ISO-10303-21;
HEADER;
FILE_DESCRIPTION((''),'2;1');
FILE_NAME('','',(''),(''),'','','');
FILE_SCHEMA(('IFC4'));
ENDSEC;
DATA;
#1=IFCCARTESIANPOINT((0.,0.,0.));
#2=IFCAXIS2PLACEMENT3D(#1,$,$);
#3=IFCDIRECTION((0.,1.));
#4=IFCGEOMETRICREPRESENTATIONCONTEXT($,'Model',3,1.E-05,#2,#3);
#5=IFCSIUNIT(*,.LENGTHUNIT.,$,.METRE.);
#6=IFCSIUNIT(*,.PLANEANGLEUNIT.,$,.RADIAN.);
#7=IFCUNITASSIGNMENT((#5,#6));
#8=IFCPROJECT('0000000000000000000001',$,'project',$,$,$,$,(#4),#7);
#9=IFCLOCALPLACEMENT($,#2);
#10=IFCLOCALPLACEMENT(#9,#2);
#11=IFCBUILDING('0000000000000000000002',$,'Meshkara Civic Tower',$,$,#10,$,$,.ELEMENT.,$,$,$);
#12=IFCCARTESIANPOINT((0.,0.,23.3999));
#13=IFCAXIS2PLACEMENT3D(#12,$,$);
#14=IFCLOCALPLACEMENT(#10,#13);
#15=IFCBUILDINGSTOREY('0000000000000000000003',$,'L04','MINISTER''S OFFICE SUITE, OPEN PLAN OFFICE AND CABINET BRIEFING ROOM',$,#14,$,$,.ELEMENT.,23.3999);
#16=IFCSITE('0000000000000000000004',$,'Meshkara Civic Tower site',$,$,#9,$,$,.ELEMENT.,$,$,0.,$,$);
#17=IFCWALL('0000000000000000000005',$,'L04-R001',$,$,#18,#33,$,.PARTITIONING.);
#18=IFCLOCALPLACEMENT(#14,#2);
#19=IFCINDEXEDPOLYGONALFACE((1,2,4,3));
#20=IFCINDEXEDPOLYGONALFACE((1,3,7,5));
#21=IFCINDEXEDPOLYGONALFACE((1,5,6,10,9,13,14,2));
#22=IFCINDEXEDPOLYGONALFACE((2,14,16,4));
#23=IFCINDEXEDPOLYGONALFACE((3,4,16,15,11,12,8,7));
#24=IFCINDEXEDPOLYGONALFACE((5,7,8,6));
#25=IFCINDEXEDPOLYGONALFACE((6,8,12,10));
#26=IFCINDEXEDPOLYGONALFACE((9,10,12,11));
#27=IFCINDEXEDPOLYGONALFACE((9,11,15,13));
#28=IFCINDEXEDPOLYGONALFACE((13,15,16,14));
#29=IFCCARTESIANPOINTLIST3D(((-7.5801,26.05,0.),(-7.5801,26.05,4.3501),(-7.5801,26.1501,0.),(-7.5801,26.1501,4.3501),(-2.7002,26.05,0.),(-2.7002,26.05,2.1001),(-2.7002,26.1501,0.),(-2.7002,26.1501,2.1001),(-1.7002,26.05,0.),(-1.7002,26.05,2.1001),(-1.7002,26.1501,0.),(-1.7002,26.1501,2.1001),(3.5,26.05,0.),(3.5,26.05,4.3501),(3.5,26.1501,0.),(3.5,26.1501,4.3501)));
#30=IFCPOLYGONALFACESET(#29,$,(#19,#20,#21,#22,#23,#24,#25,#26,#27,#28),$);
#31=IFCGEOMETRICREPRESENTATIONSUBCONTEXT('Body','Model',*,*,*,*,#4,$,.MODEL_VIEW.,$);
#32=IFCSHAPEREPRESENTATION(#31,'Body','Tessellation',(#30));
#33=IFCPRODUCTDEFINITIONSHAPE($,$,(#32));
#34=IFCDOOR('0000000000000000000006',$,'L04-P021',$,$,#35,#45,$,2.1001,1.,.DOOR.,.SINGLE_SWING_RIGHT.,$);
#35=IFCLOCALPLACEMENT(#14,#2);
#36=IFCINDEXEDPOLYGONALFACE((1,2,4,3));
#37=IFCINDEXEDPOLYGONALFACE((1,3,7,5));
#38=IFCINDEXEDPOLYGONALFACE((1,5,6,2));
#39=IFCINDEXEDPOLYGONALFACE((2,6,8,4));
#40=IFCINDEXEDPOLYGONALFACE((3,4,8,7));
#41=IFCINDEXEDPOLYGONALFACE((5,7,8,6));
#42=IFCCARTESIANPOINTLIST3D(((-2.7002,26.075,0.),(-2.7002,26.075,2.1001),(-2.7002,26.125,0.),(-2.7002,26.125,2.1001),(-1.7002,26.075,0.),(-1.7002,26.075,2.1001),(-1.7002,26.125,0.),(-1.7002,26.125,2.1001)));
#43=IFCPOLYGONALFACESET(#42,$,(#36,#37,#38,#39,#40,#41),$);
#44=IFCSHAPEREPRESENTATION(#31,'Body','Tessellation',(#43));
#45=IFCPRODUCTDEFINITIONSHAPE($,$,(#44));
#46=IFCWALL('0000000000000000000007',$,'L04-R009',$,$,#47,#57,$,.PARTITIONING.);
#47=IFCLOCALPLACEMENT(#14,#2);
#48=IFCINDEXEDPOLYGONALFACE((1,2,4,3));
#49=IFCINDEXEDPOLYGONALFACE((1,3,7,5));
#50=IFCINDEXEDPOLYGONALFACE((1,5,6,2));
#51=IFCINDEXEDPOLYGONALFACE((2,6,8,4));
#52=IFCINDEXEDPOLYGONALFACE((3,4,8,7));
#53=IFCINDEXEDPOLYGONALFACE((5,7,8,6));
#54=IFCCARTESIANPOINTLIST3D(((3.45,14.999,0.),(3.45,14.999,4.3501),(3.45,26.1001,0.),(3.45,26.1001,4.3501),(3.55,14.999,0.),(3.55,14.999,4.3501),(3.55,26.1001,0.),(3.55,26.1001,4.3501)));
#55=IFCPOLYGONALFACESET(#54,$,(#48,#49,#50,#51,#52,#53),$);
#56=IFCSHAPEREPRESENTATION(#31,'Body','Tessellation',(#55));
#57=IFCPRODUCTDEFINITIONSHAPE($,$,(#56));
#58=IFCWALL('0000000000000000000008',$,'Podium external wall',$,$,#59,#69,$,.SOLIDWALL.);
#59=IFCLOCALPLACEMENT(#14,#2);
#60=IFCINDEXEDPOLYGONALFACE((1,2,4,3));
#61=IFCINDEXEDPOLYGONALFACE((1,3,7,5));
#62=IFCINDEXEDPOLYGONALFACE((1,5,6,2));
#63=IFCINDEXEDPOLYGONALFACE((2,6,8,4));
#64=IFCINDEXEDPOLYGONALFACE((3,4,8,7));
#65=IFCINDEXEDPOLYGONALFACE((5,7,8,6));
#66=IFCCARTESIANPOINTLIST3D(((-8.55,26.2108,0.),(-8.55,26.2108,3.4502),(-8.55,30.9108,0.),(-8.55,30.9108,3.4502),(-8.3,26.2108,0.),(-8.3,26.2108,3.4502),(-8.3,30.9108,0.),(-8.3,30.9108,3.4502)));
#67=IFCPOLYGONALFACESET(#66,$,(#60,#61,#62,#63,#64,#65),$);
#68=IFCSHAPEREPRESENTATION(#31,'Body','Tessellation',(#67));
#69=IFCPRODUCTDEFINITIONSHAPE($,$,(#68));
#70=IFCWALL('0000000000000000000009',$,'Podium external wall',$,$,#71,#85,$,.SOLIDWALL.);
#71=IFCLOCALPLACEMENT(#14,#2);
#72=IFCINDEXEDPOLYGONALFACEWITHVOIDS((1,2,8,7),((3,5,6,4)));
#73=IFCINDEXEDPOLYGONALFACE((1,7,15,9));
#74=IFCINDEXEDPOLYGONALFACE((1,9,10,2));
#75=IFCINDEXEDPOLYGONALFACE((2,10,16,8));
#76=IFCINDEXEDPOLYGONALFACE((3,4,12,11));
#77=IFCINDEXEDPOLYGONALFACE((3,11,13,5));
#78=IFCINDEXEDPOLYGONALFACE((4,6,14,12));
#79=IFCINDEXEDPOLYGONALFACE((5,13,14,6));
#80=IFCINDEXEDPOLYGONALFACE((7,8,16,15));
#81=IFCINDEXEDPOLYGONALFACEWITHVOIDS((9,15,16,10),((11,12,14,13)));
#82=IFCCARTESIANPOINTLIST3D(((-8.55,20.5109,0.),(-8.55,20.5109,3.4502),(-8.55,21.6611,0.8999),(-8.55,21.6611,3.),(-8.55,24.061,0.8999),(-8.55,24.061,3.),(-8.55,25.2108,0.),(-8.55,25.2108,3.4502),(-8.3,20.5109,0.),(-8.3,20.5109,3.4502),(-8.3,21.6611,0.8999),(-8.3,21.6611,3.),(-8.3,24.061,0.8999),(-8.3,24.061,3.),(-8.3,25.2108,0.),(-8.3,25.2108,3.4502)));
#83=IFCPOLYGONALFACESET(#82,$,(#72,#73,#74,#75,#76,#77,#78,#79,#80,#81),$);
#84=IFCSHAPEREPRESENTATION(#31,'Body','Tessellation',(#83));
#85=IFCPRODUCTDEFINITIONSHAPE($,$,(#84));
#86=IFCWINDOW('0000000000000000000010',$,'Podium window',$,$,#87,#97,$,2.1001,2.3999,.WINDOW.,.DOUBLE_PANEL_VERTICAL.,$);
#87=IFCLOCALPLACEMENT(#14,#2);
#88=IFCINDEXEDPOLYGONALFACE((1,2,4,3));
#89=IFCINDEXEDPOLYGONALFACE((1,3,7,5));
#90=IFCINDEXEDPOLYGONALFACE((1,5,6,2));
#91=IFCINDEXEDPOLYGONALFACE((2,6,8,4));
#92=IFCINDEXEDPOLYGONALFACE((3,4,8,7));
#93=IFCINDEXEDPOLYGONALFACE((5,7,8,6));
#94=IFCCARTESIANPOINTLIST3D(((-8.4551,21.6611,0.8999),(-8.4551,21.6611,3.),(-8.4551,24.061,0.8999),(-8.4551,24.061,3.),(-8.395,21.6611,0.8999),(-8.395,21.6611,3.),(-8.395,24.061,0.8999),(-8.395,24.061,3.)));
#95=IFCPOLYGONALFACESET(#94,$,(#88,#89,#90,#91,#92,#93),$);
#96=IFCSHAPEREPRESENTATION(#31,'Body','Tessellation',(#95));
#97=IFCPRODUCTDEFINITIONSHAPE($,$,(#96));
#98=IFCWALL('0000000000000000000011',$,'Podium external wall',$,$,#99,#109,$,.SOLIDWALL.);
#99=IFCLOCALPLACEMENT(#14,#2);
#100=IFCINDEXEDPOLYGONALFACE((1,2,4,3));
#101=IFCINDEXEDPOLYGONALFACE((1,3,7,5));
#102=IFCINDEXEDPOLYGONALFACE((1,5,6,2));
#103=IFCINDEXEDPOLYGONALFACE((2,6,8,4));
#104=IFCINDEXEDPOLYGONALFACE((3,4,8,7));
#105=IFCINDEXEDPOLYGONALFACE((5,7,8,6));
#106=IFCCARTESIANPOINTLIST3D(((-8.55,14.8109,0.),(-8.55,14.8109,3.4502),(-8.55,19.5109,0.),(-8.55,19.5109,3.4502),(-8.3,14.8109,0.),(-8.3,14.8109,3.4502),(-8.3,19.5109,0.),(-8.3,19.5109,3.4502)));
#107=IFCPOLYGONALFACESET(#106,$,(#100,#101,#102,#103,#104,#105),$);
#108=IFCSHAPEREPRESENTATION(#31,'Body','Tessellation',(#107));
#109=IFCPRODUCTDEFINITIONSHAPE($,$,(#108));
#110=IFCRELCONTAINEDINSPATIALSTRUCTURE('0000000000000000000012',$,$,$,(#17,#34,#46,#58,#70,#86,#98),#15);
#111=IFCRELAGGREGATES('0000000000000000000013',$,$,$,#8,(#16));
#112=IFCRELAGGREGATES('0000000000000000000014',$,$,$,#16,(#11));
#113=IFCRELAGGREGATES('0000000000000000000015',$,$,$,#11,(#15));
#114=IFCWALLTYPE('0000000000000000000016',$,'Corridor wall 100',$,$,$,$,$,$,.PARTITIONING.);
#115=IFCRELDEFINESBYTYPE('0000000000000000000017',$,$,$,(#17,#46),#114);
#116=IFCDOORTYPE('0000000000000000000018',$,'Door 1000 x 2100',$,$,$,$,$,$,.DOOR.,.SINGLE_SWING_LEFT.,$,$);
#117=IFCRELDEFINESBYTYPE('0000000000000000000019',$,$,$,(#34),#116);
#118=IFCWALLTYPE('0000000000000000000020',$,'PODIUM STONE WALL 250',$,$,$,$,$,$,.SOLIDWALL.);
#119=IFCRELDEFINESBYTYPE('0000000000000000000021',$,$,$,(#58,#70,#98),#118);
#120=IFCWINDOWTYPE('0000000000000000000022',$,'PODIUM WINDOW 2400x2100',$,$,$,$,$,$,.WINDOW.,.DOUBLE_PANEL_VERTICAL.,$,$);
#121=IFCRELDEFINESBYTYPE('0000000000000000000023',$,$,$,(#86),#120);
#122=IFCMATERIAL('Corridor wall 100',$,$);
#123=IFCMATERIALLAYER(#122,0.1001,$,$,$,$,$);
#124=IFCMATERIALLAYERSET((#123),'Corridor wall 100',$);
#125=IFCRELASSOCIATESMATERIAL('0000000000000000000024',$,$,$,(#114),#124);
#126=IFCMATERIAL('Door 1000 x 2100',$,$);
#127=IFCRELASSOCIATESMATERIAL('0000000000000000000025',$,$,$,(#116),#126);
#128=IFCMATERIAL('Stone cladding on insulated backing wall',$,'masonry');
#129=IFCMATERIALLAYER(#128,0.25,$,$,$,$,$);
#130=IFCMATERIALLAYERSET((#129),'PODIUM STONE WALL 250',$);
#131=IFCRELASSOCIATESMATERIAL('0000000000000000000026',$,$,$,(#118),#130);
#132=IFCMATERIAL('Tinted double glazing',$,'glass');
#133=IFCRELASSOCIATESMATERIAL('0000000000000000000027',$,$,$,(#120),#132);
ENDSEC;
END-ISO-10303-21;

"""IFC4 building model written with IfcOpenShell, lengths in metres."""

from ifc_helpers import new_model, si_unit, direction, frame, frame_2d, origin, place, context, subcontext, project, spatial, rectangle, extrude, material, layer, layer_set, type_object, element, fill, save


model = new_model("IFC4")

# Units and contexts
model_context = context("Model", 3, precision=1e-05, world=origin(), true_north=direction((0.0, 1.0)))
body_context = subcontext(model_context, "Body", "Model", "MODEL_VIEW")
ifc_project = project(units=[si_unit("LENGTHUNIT", "METRE"), si_unit("PLANEANGLEUNIT", "RADIAN")], contexts=[model_context])

# Site, building, storey
site_placement = place(None, origin())
site = spatial("IfcSite", under=ifc_project, at=site_placement, Name="Meshkara Civic Tower site", CompositionType="ELEMENT", RefElevation=0.0)
building_placement = place(site_placement, origin())
building = spatial("IfcBuilding", under=site, at=building_placement, Name="Meshkara Civic Tower", CompositionType="ELEMENT")
storey_placement = place(building_placement, frame((0.0, 0.0, 23.3999)))
storey = spatial("IfcBuildingStorey", under=building, at=storey_placement, Name="L04", Description="MINISTER'S OFFICE SUITE, OPEN PLAN OFFICE AND CABINET BRIEFING ROOM", CompositionType="ELEMENT", Elevation=23.3999)

# Wall, opening, door
ifc_material_1 = material(Name="Corridor wall 100")
ifc_layer_1 = layer(ifc_material_1, 0.1001)
ifc_layer_set_1 = layer_set([ifc_layer_1], Name="Corridor wall 100")
wall_type_1 = type_object("IfcWallType", Name="Corridor wall 100", PredefinedType="PARTITIONING", material=ifc_layer_set_1)
wall_1_placement = place(storey_placement, frame((-7.5801, 26.1001, 0.0), z_axis=(0.0, 0.0, 1.0), x_axis=(1.0, 0.0, 0.0)))
wall_1 = element("IfcWall", 1, at=wall_1_placement, inside=storey, type_object=wall_type_1, Name="L04-R001", PredefinedType="PARTITIONING", context=body_context, shape_type="SweptSolid", body=[
    extrude(rectangle(XDim=11.0801, YDim=0.1001, at=frame_2d((5.54, 0.0))), origin(), (0.0, 0.0, 1.0), 4.3501),
])
opening_1_placement = place(wall_1_placement, frame((4.8799, 0.0, 0.0)))
opening_1 = element("IfcOpeningElement", 2, at=opening_1_placement, cuts=wall_1, PredefinedType="OPENING", context=body_context, shape_type="SweptSolid", body=[
    extrude(rectangle(XDim=1.0, YDim=2.1001, at=frame_2d((0.5, 1.05))), frame((0.0, 0.0601, 0.0), z_axis=(0.0, -1.0, 0.0), x_axis=(1.0, 0.0, 0.0)), (0.0, 0.0, 1.0), 0.1201),
])
ifc_material_2 = material(Name="Door 1000 x 2100")
door_type_1 = type_object("IfcDoorType", Name="Door 1000 x 2100", OperationType="SINGLE_SWING_LEFT", PredefinedType="DOOR", material=ifc_material_2)
door_1_placement = place(opening_1_placement, origin())
door_1 = element("IfcDoor", 3, at=door_1_placement, inside=storey, type_object=door_type_1, Name="L04-P021", OperationType="SINGLE_SWING_RIGHT", OverallHeight=2.1001, OverallWidth=1.0, PredefinedType="DOOR", context=body_context, shape_type="SweptSolid", body=[
    extrude(rectangle(XDim=1.0, YDim=2.1001, at=frame_2d((0.5, 1.05))), frame((0.0, 0.0249, 0.0), z_axis=(0.0, -1.0, 0.0), x_axis=(1.0, 0.0, 0.0)), (0.0, 0.0, 1.0), 0.05),
])
fill(opening_1, door_1)

# Walls
wall_2_placement = place(storey_placement, frame((3.5, 26.1001, 0.0), z_axis=(0.0, 0.0, 1.0), x_axis=(0.0, -1.0, 0.0)))
element("IfcWall", 4, at=wall_2_placement, inside=storey, type_object=wall_type_1, Name="L04-R009", PredefinedType="PARTITIONING", context=body_context, shape_type="SweptSolid", body=[
    extrude(rectangle(XDim=11.1011, YDim=0.1001, at=frame_2d((5.5505, 0.0))), origin(), (0.0, 0.0, 1.0), 4.3501),
])
ifc_material_3 = material(Name="Stone cladding on insulated backing wall", Category="masonry")
ifc_layer_2 = layer(ifc_material_3, 0.25)
ifc_layer_set_2 = layer_set([ifc_layer_2], Name="PODIUM STONE WALL 250")
wall_type_2 = type_object("IfcWallType", Name="PODIUM STONE WALL 250", PredefinedType="SOLIDWALL", material=ifc_layer_set_2)
wall_3_placement = place(storey_placement, frame((-8.425, 30.9109, 0.0), z_axis=(0.0, 0.0, 1.0), x_axis=(0.0, -1.0, 0.0)))
element("IfcWall", 5, at=wall_3_placement, inside=storey, type_object=wall_type_2, Name="Podium external wall", PredefinedType="SOLIDWALL", context=body_context, shape_type="SweptSolid", body=[
    extrude(rectangle(XDim=4.7, YDim=0.25, at=frame_2d((2.3501, 0.0))), origin(), (0.0, 0.0, 1.0), 3.4502),
])

# Wall, opening, window
wall_4_placement = place(storey_placement, frame((-8.425, 25.2109, 0.0), z_axis=(0.0, 0.0, 1.0), x_axis=(0.0, -1.0, 0.0)))
wall_4 = element("IfcWall", 6, at=wall_4_placement, inside=storey, type_object=wall_type_2, Name="Podium external wall", PredefinedType="SOLIDWALL", context=body_context, shape_type="SweptSolid", body=[
    extrude(rectangle(XDim=4.7, YDim=0.25, at=frame_2d((2.3501, 0.0))), origin(), (0.0, 0.0, 1.0), 3.4502),
])
opening_2_placement = place(wall_4_placement, frame((1.1499, 0.0, 0.8999)))
opening_2 = element("IfcOpeningElement", 7, at=opening_2_placement, cuts=wall_4, PredefinedType="OPENING", context=body_context, shape_type="SweptSolid", body=[
    extrude(rectangle(XDim=2.3999, YDim=2.1001, at=frame_2d((1.2, 1.05))), frame((0.0, 0.135, 0.0), z_axis=(0.0, -1.0, 0.0), x_axis=(1.0, 0.0, 0.0)), (0.0, 0.0, 1.0), 0.27),
])
ifc_material_4 = material(Name="Tinted double glazing", Category="glass")
window_type = type_object("IfcWindowType", Name="PODIUM WINDOW 2400x2100", PartitioningType="DOUBLE_PANEL_VERTICAL", PredefinedType="WINDOW", material=ifc_material_4)
window_placement = place(opening_2_placement, origin())
window = element("IfcWindow", 8, at=window_placement, inside=storey, type_object=window_type, Name="Podium window", OverallHeight=2.1001, OverallWidth=2.3999, PartitioningType="DOUBLE_PANEL_VERTICAL", PredefinedType="WINDOW", context=body_context, shape_type="SweptSolid", body=[
    extrude(rectangle(XDim=2.3999, YDim=2.1001, at=frame_2d((1.2, 1.05))), frame((0.0, 0.03, 0.0), z_axis=(0.0, -1.0, 0.0), x_axis=(1.0, 0.0, 0.0)), (0.0, 0.0, 1.0), 0.0601),
])
fill(opening_2, window)

# Wall
wall_5_placement = place(storey_placement, frame((-8.425, 19.511, 0.0), z_axis=(0.0, 0.0, 1.0), x_axis=(0.0, -1.0, 0.0)))
element("IfcWall", 9, at=wall_5_placement, inside=storey, type_object=wall_type_2, Name="Podium external wall", PredefinedType="SOLIDWALL", context=body_context, shape_type="SweptSolid", body=[
    extrude(rectangle(XDim=4.7, YDim=0.25, at=frame_2d((2.3501, 0.0))), origin(), (0.0, 0.0, 1.0), 3.4502),
])

save(model, "model.ifc")
